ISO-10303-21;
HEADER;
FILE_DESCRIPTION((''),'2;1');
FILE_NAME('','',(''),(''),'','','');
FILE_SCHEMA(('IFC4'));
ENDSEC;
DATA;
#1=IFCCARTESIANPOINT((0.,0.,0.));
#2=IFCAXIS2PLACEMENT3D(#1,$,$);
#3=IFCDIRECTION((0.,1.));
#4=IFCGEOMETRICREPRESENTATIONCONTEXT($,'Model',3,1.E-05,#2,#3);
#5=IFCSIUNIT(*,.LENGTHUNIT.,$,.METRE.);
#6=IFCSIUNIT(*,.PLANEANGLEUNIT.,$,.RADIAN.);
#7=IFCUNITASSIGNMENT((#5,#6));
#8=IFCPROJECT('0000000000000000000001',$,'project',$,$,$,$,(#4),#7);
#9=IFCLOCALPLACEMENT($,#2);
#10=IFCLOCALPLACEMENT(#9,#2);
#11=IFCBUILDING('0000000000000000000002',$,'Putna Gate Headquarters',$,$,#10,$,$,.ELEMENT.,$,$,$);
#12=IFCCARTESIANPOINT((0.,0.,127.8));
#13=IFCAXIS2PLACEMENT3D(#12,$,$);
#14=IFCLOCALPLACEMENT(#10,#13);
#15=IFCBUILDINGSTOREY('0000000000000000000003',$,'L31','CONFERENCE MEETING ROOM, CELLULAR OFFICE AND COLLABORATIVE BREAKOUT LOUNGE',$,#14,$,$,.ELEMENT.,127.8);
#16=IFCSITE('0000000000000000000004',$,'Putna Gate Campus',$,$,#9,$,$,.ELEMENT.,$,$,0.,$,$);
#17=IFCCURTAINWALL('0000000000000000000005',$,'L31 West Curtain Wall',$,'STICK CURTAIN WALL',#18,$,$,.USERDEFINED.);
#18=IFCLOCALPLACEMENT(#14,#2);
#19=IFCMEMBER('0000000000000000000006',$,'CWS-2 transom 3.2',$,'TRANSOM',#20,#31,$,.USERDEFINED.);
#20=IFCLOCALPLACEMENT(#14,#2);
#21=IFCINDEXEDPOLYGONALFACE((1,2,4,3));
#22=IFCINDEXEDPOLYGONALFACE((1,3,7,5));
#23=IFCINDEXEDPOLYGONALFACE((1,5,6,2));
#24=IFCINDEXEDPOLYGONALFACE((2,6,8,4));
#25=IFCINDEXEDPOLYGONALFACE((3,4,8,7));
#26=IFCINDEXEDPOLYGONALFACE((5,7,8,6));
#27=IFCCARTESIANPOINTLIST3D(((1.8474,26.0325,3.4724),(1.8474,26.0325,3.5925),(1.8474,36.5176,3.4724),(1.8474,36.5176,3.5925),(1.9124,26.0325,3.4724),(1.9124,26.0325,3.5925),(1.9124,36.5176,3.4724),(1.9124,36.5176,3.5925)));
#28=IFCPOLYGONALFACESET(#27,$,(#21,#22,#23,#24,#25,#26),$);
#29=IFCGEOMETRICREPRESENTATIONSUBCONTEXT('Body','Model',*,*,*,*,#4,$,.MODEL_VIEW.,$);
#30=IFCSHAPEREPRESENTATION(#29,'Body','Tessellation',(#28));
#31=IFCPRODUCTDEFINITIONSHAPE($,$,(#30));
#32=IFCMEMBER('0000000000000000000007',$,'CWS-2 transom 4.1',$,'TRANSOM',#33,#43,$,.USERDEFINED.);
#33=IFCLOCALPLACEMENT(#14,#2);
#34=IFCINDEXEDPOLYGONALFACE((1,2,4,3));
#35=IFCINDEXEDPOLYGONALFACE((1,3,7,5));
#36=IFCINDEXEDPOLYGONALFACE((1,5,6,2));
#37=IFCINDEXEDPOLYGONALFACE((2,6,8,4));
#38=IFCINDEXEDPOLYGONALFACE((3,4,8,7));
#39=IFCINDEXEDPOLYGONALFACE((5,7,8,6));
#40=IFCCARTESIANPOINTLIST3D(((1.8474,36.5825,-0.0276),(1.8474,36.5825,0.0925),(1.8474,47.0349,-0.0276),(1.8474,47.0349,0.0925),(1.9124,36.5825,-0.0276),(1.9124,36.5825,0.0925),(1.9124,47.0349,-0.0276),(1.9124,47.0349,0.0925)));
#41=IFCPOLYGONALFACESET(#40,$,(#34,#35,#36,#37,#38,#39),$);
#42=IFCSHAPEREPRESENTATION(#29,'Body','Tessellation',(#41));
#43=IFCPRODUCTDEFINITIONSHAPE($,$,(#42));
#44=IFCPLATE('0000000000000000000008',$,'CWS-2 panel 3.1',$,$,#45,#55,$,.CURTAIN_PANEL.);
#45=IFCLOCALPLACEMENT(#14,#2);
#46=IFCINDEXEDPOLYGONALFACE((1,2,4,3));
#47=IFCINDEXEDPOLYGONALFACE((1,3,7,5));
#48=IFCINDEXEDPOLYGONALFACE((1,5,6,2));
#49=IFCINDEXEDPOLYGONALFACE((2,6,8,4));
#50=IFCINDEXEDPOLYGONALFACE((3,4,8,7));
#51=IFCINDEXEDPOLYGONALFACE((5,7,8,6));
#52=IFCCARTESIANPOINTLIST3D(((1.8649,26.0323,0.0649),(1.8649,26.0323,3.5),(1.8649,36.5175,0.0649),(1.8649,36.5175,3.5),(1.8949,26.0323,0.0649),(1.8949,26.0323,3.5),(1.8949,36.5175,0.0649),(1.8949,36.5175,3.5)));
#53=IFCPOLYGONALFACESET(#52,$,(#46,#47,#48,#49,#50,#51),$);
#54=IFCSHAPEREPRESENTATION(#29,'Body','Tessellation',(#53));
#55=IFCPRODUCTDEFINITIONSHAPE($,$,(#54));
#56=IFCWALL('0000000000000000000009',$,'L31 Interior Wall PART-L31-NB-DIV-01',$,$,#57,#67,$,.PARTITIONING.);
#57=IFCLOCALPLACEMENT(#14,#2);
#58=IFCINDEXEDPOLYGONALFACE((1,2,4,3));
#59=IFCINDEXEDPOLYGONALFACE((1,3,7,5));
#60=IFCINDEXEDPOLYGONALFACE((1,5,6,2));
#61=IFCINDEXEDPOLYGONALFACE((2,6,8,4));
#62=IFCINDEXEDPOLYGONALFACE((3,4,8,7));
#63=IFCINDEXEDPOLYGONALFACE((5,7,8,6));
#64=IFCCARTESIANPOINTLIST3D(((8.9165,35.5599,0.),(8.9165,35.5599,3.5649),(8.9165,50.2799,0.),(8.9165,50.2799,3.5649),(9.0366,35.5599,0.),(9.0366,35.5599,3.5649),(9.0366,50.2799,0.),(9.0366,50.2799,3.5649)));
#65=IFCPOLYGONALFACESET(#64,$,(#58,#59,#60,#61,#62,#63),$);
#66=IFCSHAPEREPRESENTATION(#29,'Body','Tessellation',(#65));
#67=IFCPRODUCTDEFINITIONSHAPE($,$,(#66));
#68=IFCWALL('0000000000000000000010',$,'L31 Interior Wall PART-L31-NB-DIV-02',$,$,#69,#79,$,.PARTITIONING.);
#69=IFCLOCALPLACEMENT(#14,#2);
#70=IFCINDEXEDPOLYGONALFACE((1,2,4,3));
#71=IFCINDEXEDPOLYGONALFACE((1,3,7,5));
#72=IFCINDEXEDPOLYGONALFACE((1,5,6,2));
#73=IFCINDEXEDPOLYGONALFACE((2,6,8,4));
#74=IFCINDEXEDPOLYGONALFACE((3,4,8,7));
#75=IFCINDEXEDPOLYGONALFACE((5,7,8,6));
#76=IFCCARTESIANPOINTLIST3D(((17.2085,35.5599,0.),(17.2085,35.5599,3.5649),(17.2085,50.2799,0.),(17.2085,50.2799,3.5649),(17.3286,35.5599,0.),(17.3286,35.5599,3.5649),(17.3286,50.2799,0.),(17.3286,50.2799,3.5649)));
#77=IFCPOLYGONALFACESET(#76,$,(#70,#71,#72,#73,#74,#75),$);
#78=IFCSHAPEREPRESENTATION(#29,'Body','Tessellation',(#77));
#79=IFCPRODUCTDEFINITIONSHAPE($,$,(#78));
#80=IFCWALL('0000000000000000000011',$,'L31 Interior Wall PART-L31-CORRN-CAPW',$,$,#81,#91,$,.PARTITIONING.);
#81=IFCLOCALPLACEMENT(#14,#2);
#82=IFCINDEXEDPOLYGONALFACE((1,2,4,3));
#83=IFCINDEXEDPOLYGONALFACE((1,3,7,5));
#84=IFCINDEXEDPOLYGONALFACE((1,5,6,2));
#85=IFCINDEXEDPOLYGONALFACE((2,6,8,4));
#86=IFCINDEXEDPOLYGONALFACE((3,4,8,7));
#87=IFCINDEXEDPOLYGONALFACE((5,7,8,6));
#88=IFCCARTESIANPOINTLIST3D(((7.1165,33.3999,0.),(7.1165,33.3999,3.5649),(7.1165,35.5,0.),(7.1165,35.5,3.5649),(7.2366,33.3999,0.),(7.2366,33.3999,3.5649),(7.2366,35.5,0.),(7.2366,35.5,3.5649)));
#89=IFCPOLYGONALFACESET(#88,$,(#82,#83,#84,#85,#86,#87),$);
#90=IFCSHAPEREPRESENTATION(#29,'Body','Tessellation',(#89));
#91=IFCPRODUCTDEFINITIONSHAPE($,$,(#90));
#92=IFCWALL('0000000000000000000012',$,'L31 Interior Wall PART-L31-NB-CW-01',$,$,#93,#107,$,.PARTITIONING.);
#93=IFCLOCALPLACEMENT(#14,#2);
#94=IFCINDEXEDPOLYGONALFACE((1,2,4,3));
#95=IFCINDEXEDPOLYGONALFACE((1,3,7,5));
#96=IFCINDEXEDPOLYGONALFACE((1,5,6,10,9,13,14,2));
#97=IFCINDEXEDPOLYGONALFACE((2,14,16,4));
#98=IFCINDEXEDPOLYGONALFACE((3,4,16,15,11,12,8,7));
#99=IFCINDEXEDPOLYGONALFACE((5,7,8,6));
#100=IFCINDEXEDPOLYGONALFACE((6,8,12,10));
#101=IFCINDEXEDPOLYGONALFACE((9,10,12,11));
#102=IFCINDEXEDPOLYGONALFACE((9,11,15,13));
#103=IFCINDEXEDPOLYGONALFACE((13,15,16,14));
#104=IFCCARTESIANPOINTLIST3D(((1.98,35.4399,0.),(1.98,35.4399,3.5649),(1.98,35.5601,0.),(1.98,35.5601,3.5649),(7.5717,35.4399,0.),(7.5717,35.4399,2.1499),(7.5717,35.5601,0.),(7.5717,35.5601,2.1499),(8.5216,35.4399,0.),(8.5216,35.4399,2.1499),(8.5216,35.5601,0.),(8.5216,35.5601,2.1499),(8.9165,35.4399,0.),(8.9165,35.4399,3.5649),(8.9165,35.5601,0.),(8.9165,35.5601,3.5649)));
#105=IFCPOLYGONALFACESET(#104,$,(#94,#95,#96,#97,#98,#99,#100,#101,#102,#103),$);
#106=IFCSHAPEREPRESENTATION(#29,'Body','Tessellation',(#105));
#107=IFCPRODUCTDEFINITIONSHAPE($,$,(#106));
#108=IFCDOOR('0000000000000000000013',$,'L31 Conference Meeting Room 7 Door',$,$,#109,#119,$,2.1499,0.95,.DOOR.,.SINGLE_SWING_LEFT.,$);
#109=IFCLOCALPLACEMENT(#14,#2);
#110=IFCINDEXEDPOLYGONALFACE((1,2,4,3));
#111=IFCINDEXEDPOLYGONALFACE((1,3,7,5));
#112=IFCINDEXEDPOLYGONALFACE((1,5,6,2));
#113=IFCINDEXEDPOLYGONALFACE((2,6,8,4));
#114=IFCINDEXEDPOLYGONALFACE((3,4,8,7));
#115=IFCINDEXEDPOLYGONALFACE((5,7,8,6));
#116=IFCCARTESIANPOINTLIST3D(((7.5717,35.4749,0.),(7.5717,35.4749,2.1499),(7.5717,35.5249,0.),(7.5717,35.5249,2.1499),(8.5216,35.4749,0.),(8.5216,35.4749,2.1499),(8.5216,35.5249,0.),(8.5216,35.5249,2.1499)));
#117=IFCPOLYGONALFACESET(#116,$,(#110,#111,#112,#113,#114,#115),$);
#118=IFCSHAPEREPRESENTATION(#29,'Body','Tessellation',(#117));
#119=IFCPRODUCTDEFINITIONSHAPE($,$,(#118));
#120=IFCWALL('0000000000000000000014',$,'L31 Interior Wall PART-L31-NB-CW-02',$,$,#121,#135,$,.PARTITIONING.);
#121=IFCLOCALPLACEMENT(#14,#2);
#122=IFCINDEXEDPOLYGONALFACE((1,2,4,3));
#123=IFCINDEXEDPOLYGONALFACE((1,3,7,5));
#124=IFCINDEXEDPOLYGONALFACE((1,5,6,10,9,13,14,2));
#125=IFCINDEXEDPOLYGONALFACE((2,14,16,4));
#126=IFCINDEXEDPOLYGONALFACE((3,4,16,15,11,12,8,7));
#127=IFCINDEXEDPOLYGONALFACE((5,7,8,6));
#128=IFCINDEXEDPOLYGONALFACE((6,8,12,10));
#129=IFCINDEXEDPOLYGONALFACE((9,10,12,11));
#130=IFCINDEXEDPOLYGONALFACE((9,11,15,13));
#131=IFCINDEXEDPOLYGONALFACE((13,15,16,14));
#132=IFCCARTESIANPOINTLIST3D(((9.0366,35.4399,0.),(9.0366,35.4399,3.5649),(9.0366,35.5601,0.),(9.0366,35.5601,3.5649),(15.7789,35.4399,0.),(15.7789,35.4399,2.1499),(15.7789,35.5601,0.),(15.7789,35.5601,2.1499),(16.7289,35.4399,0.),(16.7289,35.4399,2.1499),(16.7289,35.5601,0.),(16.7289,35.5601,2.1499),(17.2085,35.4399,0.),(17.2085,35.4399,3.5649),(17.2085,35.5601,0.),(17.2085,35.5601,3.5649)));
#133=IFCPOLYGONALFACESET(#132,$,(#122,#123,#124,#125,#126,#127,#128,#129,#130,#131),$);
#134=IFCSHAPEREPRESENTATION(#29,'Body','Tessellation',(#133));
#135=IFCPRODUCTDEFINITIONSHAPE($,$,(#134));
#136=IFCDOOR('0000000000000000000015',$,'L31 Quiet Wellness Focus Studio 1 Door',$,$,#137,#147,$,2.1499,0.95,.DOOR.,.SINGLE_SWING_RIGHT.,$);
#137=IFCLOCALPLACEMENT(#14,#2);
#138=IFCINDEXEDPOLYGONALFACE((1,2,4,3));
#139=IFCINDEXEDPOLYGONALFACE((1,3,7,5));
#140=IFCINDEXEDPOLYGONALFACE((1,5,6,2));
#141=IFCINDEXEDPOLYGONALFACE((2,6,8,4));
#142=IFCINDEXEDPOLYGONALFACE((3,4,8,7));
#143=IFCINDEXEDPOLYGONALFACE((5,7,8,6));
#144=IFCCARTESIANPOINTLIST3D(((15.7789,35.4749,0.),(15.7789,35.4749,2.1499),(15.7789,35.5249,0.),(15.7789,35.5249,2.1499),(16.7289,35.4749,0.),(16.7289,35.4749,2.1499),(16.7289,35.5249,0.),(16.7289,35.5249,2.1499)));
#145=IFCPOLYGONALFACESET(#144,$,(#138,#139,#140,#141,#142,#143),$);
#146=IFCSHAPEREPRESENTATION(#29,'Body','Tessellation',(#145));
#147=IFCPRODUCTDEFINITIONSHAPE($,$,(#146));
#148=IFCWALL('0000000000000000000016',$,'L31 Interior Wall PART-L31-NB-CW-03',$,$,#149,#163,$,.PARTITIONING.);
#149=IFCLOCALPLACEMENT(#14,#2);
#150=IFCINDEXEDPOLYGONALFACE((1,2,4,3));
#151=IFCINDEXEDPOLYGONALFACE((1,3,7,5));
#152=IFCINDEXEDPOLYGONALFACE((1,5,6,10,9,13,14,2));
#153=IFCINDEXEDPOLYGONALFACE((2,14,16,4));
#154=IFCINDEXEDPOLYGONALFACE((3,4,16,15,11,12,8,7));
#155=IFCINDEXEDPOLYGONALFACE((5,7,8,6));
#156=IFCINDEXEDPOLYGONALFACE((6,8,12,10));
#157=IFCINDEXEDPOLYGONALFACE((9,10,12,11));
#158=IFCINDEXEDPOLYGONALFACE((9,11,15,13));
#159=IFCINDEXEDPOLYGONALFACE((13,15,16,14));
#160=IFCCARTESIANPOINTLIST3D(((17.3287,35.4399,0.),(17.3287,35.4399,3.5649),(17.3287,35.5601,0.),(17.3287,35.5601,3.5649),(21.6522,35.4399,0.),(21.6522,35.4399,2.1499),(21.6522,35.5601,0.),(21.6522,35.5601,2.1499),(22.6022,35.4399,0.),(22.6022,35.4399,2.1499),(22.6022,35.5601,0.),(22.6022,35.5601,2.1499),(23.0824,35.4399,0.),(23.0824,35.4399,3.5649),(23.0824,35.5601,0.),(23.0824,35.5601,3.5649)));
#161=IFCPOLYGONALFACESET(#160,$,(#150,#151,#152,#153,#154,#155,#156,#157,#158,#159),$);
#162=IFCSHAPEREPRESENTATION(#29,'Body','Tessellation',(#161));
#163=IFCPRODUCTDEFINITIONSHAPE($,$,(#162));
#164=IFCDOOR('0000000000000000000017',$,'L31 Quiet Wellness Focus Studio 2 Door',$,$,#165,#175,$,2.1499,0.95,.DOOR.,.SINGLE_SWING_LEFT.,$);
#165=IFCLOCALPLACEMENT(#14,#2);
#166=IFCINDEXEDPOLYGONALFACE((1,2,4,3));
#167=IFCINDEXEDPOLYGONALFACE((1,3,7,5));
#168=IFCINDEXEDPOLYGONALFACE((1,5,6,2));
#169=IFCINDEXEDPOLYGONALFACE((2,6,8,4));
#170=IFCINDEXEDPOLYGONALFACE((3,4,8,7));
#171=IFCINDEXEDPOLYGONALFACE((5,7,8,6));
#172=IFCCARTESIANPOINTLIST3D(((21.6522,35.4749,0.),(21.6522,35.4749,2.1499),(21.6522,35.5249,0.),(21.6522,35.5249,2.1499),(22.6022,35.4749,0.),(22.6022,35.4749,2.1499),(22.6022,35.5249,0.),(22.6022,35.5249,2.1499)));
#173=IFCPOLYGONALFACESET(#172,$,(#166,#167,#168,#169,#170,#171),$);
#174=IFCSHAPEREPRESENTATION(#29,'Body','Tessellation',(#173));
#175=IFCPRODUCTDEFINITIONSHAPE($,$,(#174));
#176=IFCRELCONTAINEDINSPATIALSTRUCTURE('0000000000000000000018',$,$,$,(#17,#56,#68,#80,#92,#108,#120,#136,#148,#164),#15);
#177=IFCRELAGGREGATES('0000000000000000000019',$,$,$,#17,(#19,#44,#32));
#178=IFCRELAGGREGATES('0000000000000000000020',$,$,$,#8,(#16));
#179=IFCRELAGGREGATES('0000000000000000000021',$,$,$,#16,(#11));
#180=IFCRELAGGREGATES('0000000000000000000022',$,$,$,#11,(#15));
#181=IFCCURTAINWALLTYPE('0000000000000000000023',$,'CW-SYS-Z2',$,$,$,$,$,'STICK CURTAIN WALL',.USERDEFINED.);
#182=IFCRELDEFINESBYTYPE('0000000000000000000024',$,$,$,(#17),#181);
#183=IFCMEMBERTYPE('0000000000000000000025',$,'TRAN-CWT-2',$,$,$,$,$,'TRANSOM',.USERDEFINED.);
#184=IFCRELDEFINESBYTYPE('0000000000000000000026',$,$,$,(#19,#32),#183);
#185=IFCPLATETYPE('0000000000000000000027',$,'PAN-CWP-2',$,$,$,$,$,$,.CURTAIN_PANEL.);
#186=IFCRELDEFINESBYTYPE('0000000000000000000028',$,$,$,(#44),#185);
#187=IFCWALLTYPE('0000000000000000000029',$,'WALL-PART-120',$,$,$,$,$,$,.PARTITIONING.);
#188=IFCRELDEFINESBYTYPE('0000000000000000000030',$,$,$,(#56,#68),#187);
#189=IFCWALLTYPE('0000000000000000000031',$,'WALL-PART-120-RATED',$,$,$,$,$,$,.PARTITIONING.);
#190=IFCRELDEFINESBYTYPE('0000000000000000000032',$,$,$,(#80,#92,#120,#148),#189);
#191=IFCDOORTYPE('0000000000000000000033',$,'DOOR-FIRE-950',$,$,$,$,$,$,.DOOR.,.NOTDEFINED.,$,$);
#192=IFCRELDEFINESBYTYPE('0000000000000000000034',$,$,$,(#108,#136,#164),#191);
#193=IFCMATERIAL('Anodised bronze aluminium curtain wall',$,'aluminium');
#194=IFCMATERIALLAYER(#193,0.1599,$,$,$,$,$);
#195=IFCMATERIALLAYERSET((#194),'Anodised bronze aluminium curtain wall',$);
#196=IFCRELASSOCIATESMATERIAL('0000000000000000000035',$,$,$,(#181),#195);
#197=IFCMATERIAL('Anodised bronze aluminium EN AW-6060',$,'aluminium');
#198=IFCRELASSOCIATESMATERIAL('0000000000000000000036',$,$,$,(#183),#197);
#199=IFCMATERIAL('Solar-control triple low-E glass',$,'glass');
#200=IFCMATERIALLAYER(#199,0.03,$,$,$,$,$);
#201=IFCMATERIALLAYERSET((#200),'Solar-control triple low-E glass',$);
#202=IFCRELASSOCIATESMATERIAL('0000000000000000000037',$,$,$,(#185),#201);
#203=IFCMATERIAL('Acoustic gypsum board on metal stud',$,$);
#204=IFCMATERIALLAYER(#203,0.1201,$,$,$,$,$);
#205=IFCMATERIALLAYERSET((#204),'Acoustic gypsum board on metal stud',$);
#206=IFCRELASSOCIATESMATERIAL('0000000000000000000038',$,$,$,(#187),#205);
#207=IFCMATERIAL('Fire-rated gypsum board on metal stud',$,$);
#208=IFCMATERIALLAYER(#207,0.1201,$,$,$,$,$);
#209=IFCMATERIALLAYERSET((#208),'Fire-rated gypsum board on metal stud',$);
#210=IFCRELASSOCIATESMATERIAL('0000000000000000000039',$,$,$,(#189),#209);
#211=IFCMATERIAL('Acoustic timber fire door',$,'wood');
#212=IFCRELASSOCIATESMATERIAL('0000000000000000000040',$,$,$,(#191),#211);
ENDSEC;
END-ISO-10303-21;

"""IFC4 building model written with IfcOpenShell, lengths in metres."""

from ifc_helpers import new_model, si_unit, direction, frame, frame_2d, origin, origin_2d, place, context, subcontext, project, spatial, rectangle, extrude, material, layer, layer_set, material_profile, profile_set, type_object, element, fill, aggregate, save


model = new_model("IFC4")

# Units and contexts
model_context = context("Model", 3, precision=1e-05, world=origin(), true_north=direction((0.0, 1.0)))
body_context = subcontext(model_context, "Body", "Model", "MODEL_VIEW")
ifc_project = project(units=[si_unit("LENGTHUNIT", "METRE"), si_unit("PLANEANGLEUNIT", "RADIAN")], contexts=[model_context])

# Site, building, storey
site_placement = place(None, origin())
site = spatial("IfcSite", under=ifc_project, at=site_placement, Name="Putna Gate Campus", CompositionType="ELEMENT", RefElevation=0.0)
building_placement = place(site_placement, origin())
building = spatial("IfcBuilding", under=site, at=building_placement, Name="Putna Gate Headquarters", CompositionType="ELEMENT")
storey_placement = place(building_placement, frame((0.0, 0.0, 127.8)))
storey = spatial("IfcBuildingStorey", under=building, at=storey_placement, Name="L31", Description="CONFERENCE MEETING ROOM, CELLULAR OFFICE AND COLLABORATIVE BREAKOUT LOUNGE", CompositionType="ELEMENT", Elevation=127.8)

# Curtain wall, members, plate
ifc_material_1 = material(Name="Anodised bronze aluminium curtain wall", Category="aluminium")
ifc_layer_1 = layer(ifc_material_1, 0.1599)
ifc_layer_set_1 = layer_set([ifc_layer_1], Name="Anodised bronze aluminium curtain wall")
curtain_wall_type = type_object("IfcCurtainWallType", Name="CW-SYS-Z2", ElementType="STICK CURTAIN WALL", PredefinedType="USERDEFINED", material=ifc_layer_set_1)
curtain_wall_placement = place(storey_placement, origin())
curtain_wall = element("IfcCurtainWall", 1, at=curtain_wall_placement, inside=storey, type_object=curtain_wall_type, Name="L31 West Curtain Wall", ObjectType="STICK CURTAIN WALL", PredefinedType="USERDEFINED")
ifc_material_2 = material(Name="Anodised bronze aluminium EN AW-6060", Category="aluminium")
ifc_material_profile_1 = material_profile(ifc_material_2, rectangle(XDim=0.0649, YDim=0.1201, at=origin_2d()), Name="Anodised bronze aluminium EN AW-6060")
ifc_profile_set_1 = profile_set([ifc_material_profile_1], Name="Anodised bronze aluminium EN AW-6060")
member_type_1 = type_object("IfcMemberType", Name="TRAN-CWT-2", ElementType="TRANSOM", PredefinedType="USERDEFINED", material=ifc_profile_set_1)
member_1_placement = place(storey_placement, frame((1.8799, 26.0325, 3.5325), z_axis=(0.0, 1.0, 0.0), x_axis=(-1.0, 0.0, 0.0)))
member_1 = element("IfcMember", 2, at=member_1_placement, type_object=member_type_1, Name="CWS-2 transom 3.2", ObjectType="TRANSOM", PredefinedType="USERDEFINED", context=body_context, shape_type="SweptSolid", body=[
    extrude(rectangle(XDim=0.0649, YDim=0.1201, at=origin_2d()), origin(), (0.0, 0.0, 1.0), 10.4851),
])
member_2_placement = place(storey_placement, frame((1.8799, 36.5825, 0.0325), z_axis=(0.0, 1.0, 0.0), x_axis=(-1.0, 0.0, 0.0)))
member_2 = element("IfcMember", 3, at=member_2_placement, type_object=member_type_1, Name="CWS-2 transom 4.1", ObjectType="TRANSOM", PredefinedType="USERDEFINED", context=body_context, shape_type="SweptSolid", body=[
    extrude(rectangle(XDim=0.0649, YDim=0.1201, at=origin_2d()), origin(), (0.0, 0.0, 1.0), 10.4524),
])
ifc_material_3 = material(Name="Solar-control triple low-E glass", Category="glass")
ifc_layer_2 = layer(ifc_material_3, 0.03)
ifc_layer_set_2 = layer_set([ifc_layer_2], Name="Solar-control triple low-E glass")
plate_type = type_object("IfcPlateType", Name="PAN-CWP-2", PredefinedType="CURTAIN_PANEL", material=ifc_layer_set_2)
plate_placement = place(storey_placement, frame((1.8799, 31.2749, 0.0649), z_axis=(0.0, 0.0, 1.0), x_axis=(0.0, 1.0, 0.0)))
plate = element("IfcPlate", 4, at=plate_placement, type_object=plate_type, Name="CWS-2 panel 3.1", PredefinedType="CURTAIN_PANEL", context=body_context, shape_type="SweptSolid", body=[
    extrude(rectangle(XDim=10.4851, YDim=0.03, at=origin_2d()), origin(), (0.0, 0.0, 1.0), 3.4351),
])
aggregate(curtain_wall, [member_1, plate, member_2])

# Walls
ifc_material_4 = material(Name="Acoustic gypsum board on metal stud")
ifc_layer_3 = layer(ifc_material_4, 0.1201)
ifc_layer_set_3 = layer_set([ifc_layer_3], Name="Acoustic gypsum board on metal stud")
wall_type_1 = type_object("IfcWallType", Name="WALL-PART-120", PredefinedType="PARTITIONING", material=ifc_layer_set_3)
for number, where, z_axis, x_axis, name in (
    (5, (8.9766, 35.5601, 0.0), (0.0, 0.0, 1.0), (0.0, 1.0, 0.0), "L31 Interior Wall PART-L31-NB-DIV-01"),
    (6, (17.2686, 35.5601, 0.0), (0.0, 0.0, 1.0), (0.0, 1.0, 0.0), "L31 Interior Wall PART-L31-NB-DIV-02"),
):
    element("IfcWall", number, at=place(storey_placement, frame(where, z_axis=z_axis, x_axis=x_axis)), inside=storey, type_object=wall_type_1, Name=name, PredefinedType="PARTITIONING", context=body_context, shape_type="SweptSolid", body=[
        extrude(rectangle(XDim=14.72, YDim=0.1201, at=frame_2d((7.3599, 0.0))), origin(), (0.0, 0.0, 1.0), 3.5649),
    ])
ifc_material_5 = material(Name="Fire-rated gypsum board on metal stud")
ifc_layer_4 = layer(ifc_material_5, 0.1201)
ifc_layer_set_4 = layer_set([ifc_layer_4], Name="Fire-rated gypsum board on metal stud")
wall_type_2 = type_object("IfcWallType", Name="WALL-PART-120-RATED", PredefinedType="PARTITIONING", material=ifc_layer_set_4)
wall_1_placement = place(storey_placement, frame((7.1765, 33.3999, 0.0), z_axis=(0.0, 0.0, 1.0), x_axis=(0.0, 1.0, 0.0)))
element("IfcWall", 7, at=wall_1_placement, inside=storey, type_object=wall_type_2, Name="L31 Interior Wall PART-L31-CORRN-CAPW", PredefinedType="PARTITIONING", context=body_context, shape_type="SweptSolid", body=[
    extrude(rectangle(XDim=2.1001, YDim=0.1201, at=frame_2d((1.05, 0.0))), origin(), (0.0, 0.0, 1.0), 3.5649),
])

# Walls, openings, doors
wall_2_placement = place(storey_placement, frame((1.98, 35.5, 0.0), z_axis=(0.0, 0.0, 1.0), x_axis=(1.0, 0.0, 0.0)))
wall_2 = element("IfcWall", 8, at=wall_2_placement, inside=storey, type_object=wall_type_2, Name="L31 Interior Wall PART-L31-NB-CW-01", PredefinedType="PARTITIONING", context=body_context, shape_type="SweptSolid", body=[
    extrude(rectangle(XDim=6.9365, YDim=0.1201, at=frame_2d((3.4683, 0.0))), origin(), (0.0, 0.0, 1.0), 3.5649),
])
opening_1_placement = place(wall_2_placement, frame((5.5916, 0.0, 0.0)))
opening_1 = element("IfcOpeningElement", 9, at=opening_1_placement, cuts=wall_2, PredefinedType="OPENING", context=body_context, shape_type="SweptSolid", body=[
    extrude(rectangle(XDim=0.95, YDim=2.1499, at=frame_2d((0.4751, 1.075))), frame((0.0, 0.0701, 0.0), z_axis=(0.0, -1.0, 0.0), x_axis=(1.0, 0.0, 0.0)), (0.0, 0.0, 1.0), 0.1401),
])
ifc_material_6 = material(Name="Acoustic timber fire door", Category="wood")
door_type_1 = type_object("IfcDoorType", Name="DOOR-FIRE-950", OperationType="NOTDEFINED", PredefinedType="DOOR", material=ifc_material_6)
door_1_placement = place(opening_1_placement, origin())
door_1 = element("IfcDoor", 10, at=door_1_placement, inside=storey, type_object=door_type_1, Name="L31 Conference Meeting Room 7 Door", OperationType="SINGLE_SWING_LEFT", OverallHeight=2.1499, OverallWidth=0.95, PredefinedType="DOOR", context=body_context, shape_type="SweptSolid", body=[
    extrude(rectangle(XDim=0.95, YDim=2.1499, at=frame_2d((0.4751, 1.075))), frame((0.0, 0.0249, 0.0), z_axis=(0.0, -1.0, 0.0), x_axis=(1.0, 0.0, 0.0)), (0.0, 0.0, 1.0), 0.05),
])
fill(opening_1, door_1)
wall_3_placement = place(storey_placement, frame((9.0366, 35.5, 0.0), z_axis=(0.0, 0.0, 1.0), x_axis=(1.0, 0.0, 0.0)))
wall_3 = element("IfcWall", 11, at=wall_3_placement, inside=storey, type_object=wall_type_2, Name="L31 Interior Wall PART-L31-NB-CW-02", PredefinedType="PARTITIONING", context=body_context, shape_type="SweptSolid", body=[
    extrude(rectangle(XDim=8.1719, YDim=0.1201, at=frame_2d((4.0859, 0.0))), origin(), (0.0, 0.0, 1.0), 3.5649),
])
opening_2_placement = place(wall_3_placement, frame((6.7422, 0.0, 0.0)))
opening_2 = element("IfcOpeningElement", 12, at=opening_2_placement, cuts=wall_3, PredefinedType="OPENING", context=body_context, shape_type="SweptSolid", body=[
    extrude(rectangle(XDim=0.95, YDim=2.1499, at=frame_2d((0.4751, 1.075))), frame((0.0, 0.0701, 0.0), z_axis=(0.0, -1.0, 0.0), x_axis=(1.0, 0.0, 0.0)), (0.0, 0.0, 1.0), 0.1401),
])
door_2_placement = place(opening_2_placement, origin())
door_2 = element("IfcDoor", 13, at=door_2_placement, inside=storey, type_object=door_type_1, Name="L31 Quiet Wellness Focus Studio 1 Door", OperationType="SINGLE_SWING_RIGHT", OverallHeight=2.1499, OverallWidth=0.95, PredefinedType="DOOR", context=body_context, shape_type="SweptSolid", body=[
    extrude(rectangle(XDim=0.95, YDim=2.1499, at=frame_2d((0.4751, 1.075))), frame((0.0, 0.0249, 0.0), z_axis=(0.0, -1.0, 0.0), x_axis=(1.0, 0.0, 0.0)), (0.0, 0.0, 1.0), 0.05),
])
fill(opening_2, door_2)
wall_4_placement = place(storey_placement, frame((17.3286, 35.5, 0.0), z_axis=(0.0, 0.0, 1.0), x_axis=(1.0, 0.0, 0.0)))
wall_4 = element("IfcWall", 14, at=wall_4_placement, inside=storey, type_object=wall_type_2, Name="L31 Interior Wall PART-L31-NB-CW-03", PredefinedType="PARTITIONING", context=body_context, shape_type="SweptSolid", body=[
    extrude(rectangle(XDim=5.7537, YDim=0.1201, at=frame_2d((2.877, 0.0))), origin(), (0.0, 0.0, 1.0), 3.5649),
])
opening_3_placement = place(wall_4_placement, frame((4.3235, 0.0, 0.0)))
opening_3 = element("IfcOpeningElement", 15, at=opening_3_placement, cuts=wall_4, PredefinedType="OPENING", context=body_context, shape_type="SweptSolid", body=[
    extrude(rectangle(XDim=0.95, YDim=2.1499, at=frame_2d((0.4751, 1.075))), frame((0.0, 0.0701, 0.0), z_axis=(0.0, -1.0, 0.0), x_axis=(1.0, 0.0, 0.0)), (0.0, 0.0, 1.0), 0.1401),
])
door_3_placement = place(opening_3_placement, origin())
door_3 = element("IfcDoor", 16, at=door_3_placement, inside=storey, type_object=door_type_1, Name="L31 Quiet Wellness Focus Studio 2 Door", OperationType="SINGLE_SWING_LEFT", OverallHeight=2.1499, OverallWidth=0.95, PredefinedType="DOOR", context=body_context, shape_type="SweptSolid", body=[
    extrude(rectangle(XDim=0.95, YDim=2.1499, at=frame_2d((0.4751, 1.075))), frame((0.0, 0.0249, 0.0), z_axis=(0.0, -1.0, 0.0), x_axis=(1.0, 0.0, 0.0)), (0.0, 0.0, 1.0), 0.05),
])
fill(opening_3, door_3)

save(model, "model.ifc")
